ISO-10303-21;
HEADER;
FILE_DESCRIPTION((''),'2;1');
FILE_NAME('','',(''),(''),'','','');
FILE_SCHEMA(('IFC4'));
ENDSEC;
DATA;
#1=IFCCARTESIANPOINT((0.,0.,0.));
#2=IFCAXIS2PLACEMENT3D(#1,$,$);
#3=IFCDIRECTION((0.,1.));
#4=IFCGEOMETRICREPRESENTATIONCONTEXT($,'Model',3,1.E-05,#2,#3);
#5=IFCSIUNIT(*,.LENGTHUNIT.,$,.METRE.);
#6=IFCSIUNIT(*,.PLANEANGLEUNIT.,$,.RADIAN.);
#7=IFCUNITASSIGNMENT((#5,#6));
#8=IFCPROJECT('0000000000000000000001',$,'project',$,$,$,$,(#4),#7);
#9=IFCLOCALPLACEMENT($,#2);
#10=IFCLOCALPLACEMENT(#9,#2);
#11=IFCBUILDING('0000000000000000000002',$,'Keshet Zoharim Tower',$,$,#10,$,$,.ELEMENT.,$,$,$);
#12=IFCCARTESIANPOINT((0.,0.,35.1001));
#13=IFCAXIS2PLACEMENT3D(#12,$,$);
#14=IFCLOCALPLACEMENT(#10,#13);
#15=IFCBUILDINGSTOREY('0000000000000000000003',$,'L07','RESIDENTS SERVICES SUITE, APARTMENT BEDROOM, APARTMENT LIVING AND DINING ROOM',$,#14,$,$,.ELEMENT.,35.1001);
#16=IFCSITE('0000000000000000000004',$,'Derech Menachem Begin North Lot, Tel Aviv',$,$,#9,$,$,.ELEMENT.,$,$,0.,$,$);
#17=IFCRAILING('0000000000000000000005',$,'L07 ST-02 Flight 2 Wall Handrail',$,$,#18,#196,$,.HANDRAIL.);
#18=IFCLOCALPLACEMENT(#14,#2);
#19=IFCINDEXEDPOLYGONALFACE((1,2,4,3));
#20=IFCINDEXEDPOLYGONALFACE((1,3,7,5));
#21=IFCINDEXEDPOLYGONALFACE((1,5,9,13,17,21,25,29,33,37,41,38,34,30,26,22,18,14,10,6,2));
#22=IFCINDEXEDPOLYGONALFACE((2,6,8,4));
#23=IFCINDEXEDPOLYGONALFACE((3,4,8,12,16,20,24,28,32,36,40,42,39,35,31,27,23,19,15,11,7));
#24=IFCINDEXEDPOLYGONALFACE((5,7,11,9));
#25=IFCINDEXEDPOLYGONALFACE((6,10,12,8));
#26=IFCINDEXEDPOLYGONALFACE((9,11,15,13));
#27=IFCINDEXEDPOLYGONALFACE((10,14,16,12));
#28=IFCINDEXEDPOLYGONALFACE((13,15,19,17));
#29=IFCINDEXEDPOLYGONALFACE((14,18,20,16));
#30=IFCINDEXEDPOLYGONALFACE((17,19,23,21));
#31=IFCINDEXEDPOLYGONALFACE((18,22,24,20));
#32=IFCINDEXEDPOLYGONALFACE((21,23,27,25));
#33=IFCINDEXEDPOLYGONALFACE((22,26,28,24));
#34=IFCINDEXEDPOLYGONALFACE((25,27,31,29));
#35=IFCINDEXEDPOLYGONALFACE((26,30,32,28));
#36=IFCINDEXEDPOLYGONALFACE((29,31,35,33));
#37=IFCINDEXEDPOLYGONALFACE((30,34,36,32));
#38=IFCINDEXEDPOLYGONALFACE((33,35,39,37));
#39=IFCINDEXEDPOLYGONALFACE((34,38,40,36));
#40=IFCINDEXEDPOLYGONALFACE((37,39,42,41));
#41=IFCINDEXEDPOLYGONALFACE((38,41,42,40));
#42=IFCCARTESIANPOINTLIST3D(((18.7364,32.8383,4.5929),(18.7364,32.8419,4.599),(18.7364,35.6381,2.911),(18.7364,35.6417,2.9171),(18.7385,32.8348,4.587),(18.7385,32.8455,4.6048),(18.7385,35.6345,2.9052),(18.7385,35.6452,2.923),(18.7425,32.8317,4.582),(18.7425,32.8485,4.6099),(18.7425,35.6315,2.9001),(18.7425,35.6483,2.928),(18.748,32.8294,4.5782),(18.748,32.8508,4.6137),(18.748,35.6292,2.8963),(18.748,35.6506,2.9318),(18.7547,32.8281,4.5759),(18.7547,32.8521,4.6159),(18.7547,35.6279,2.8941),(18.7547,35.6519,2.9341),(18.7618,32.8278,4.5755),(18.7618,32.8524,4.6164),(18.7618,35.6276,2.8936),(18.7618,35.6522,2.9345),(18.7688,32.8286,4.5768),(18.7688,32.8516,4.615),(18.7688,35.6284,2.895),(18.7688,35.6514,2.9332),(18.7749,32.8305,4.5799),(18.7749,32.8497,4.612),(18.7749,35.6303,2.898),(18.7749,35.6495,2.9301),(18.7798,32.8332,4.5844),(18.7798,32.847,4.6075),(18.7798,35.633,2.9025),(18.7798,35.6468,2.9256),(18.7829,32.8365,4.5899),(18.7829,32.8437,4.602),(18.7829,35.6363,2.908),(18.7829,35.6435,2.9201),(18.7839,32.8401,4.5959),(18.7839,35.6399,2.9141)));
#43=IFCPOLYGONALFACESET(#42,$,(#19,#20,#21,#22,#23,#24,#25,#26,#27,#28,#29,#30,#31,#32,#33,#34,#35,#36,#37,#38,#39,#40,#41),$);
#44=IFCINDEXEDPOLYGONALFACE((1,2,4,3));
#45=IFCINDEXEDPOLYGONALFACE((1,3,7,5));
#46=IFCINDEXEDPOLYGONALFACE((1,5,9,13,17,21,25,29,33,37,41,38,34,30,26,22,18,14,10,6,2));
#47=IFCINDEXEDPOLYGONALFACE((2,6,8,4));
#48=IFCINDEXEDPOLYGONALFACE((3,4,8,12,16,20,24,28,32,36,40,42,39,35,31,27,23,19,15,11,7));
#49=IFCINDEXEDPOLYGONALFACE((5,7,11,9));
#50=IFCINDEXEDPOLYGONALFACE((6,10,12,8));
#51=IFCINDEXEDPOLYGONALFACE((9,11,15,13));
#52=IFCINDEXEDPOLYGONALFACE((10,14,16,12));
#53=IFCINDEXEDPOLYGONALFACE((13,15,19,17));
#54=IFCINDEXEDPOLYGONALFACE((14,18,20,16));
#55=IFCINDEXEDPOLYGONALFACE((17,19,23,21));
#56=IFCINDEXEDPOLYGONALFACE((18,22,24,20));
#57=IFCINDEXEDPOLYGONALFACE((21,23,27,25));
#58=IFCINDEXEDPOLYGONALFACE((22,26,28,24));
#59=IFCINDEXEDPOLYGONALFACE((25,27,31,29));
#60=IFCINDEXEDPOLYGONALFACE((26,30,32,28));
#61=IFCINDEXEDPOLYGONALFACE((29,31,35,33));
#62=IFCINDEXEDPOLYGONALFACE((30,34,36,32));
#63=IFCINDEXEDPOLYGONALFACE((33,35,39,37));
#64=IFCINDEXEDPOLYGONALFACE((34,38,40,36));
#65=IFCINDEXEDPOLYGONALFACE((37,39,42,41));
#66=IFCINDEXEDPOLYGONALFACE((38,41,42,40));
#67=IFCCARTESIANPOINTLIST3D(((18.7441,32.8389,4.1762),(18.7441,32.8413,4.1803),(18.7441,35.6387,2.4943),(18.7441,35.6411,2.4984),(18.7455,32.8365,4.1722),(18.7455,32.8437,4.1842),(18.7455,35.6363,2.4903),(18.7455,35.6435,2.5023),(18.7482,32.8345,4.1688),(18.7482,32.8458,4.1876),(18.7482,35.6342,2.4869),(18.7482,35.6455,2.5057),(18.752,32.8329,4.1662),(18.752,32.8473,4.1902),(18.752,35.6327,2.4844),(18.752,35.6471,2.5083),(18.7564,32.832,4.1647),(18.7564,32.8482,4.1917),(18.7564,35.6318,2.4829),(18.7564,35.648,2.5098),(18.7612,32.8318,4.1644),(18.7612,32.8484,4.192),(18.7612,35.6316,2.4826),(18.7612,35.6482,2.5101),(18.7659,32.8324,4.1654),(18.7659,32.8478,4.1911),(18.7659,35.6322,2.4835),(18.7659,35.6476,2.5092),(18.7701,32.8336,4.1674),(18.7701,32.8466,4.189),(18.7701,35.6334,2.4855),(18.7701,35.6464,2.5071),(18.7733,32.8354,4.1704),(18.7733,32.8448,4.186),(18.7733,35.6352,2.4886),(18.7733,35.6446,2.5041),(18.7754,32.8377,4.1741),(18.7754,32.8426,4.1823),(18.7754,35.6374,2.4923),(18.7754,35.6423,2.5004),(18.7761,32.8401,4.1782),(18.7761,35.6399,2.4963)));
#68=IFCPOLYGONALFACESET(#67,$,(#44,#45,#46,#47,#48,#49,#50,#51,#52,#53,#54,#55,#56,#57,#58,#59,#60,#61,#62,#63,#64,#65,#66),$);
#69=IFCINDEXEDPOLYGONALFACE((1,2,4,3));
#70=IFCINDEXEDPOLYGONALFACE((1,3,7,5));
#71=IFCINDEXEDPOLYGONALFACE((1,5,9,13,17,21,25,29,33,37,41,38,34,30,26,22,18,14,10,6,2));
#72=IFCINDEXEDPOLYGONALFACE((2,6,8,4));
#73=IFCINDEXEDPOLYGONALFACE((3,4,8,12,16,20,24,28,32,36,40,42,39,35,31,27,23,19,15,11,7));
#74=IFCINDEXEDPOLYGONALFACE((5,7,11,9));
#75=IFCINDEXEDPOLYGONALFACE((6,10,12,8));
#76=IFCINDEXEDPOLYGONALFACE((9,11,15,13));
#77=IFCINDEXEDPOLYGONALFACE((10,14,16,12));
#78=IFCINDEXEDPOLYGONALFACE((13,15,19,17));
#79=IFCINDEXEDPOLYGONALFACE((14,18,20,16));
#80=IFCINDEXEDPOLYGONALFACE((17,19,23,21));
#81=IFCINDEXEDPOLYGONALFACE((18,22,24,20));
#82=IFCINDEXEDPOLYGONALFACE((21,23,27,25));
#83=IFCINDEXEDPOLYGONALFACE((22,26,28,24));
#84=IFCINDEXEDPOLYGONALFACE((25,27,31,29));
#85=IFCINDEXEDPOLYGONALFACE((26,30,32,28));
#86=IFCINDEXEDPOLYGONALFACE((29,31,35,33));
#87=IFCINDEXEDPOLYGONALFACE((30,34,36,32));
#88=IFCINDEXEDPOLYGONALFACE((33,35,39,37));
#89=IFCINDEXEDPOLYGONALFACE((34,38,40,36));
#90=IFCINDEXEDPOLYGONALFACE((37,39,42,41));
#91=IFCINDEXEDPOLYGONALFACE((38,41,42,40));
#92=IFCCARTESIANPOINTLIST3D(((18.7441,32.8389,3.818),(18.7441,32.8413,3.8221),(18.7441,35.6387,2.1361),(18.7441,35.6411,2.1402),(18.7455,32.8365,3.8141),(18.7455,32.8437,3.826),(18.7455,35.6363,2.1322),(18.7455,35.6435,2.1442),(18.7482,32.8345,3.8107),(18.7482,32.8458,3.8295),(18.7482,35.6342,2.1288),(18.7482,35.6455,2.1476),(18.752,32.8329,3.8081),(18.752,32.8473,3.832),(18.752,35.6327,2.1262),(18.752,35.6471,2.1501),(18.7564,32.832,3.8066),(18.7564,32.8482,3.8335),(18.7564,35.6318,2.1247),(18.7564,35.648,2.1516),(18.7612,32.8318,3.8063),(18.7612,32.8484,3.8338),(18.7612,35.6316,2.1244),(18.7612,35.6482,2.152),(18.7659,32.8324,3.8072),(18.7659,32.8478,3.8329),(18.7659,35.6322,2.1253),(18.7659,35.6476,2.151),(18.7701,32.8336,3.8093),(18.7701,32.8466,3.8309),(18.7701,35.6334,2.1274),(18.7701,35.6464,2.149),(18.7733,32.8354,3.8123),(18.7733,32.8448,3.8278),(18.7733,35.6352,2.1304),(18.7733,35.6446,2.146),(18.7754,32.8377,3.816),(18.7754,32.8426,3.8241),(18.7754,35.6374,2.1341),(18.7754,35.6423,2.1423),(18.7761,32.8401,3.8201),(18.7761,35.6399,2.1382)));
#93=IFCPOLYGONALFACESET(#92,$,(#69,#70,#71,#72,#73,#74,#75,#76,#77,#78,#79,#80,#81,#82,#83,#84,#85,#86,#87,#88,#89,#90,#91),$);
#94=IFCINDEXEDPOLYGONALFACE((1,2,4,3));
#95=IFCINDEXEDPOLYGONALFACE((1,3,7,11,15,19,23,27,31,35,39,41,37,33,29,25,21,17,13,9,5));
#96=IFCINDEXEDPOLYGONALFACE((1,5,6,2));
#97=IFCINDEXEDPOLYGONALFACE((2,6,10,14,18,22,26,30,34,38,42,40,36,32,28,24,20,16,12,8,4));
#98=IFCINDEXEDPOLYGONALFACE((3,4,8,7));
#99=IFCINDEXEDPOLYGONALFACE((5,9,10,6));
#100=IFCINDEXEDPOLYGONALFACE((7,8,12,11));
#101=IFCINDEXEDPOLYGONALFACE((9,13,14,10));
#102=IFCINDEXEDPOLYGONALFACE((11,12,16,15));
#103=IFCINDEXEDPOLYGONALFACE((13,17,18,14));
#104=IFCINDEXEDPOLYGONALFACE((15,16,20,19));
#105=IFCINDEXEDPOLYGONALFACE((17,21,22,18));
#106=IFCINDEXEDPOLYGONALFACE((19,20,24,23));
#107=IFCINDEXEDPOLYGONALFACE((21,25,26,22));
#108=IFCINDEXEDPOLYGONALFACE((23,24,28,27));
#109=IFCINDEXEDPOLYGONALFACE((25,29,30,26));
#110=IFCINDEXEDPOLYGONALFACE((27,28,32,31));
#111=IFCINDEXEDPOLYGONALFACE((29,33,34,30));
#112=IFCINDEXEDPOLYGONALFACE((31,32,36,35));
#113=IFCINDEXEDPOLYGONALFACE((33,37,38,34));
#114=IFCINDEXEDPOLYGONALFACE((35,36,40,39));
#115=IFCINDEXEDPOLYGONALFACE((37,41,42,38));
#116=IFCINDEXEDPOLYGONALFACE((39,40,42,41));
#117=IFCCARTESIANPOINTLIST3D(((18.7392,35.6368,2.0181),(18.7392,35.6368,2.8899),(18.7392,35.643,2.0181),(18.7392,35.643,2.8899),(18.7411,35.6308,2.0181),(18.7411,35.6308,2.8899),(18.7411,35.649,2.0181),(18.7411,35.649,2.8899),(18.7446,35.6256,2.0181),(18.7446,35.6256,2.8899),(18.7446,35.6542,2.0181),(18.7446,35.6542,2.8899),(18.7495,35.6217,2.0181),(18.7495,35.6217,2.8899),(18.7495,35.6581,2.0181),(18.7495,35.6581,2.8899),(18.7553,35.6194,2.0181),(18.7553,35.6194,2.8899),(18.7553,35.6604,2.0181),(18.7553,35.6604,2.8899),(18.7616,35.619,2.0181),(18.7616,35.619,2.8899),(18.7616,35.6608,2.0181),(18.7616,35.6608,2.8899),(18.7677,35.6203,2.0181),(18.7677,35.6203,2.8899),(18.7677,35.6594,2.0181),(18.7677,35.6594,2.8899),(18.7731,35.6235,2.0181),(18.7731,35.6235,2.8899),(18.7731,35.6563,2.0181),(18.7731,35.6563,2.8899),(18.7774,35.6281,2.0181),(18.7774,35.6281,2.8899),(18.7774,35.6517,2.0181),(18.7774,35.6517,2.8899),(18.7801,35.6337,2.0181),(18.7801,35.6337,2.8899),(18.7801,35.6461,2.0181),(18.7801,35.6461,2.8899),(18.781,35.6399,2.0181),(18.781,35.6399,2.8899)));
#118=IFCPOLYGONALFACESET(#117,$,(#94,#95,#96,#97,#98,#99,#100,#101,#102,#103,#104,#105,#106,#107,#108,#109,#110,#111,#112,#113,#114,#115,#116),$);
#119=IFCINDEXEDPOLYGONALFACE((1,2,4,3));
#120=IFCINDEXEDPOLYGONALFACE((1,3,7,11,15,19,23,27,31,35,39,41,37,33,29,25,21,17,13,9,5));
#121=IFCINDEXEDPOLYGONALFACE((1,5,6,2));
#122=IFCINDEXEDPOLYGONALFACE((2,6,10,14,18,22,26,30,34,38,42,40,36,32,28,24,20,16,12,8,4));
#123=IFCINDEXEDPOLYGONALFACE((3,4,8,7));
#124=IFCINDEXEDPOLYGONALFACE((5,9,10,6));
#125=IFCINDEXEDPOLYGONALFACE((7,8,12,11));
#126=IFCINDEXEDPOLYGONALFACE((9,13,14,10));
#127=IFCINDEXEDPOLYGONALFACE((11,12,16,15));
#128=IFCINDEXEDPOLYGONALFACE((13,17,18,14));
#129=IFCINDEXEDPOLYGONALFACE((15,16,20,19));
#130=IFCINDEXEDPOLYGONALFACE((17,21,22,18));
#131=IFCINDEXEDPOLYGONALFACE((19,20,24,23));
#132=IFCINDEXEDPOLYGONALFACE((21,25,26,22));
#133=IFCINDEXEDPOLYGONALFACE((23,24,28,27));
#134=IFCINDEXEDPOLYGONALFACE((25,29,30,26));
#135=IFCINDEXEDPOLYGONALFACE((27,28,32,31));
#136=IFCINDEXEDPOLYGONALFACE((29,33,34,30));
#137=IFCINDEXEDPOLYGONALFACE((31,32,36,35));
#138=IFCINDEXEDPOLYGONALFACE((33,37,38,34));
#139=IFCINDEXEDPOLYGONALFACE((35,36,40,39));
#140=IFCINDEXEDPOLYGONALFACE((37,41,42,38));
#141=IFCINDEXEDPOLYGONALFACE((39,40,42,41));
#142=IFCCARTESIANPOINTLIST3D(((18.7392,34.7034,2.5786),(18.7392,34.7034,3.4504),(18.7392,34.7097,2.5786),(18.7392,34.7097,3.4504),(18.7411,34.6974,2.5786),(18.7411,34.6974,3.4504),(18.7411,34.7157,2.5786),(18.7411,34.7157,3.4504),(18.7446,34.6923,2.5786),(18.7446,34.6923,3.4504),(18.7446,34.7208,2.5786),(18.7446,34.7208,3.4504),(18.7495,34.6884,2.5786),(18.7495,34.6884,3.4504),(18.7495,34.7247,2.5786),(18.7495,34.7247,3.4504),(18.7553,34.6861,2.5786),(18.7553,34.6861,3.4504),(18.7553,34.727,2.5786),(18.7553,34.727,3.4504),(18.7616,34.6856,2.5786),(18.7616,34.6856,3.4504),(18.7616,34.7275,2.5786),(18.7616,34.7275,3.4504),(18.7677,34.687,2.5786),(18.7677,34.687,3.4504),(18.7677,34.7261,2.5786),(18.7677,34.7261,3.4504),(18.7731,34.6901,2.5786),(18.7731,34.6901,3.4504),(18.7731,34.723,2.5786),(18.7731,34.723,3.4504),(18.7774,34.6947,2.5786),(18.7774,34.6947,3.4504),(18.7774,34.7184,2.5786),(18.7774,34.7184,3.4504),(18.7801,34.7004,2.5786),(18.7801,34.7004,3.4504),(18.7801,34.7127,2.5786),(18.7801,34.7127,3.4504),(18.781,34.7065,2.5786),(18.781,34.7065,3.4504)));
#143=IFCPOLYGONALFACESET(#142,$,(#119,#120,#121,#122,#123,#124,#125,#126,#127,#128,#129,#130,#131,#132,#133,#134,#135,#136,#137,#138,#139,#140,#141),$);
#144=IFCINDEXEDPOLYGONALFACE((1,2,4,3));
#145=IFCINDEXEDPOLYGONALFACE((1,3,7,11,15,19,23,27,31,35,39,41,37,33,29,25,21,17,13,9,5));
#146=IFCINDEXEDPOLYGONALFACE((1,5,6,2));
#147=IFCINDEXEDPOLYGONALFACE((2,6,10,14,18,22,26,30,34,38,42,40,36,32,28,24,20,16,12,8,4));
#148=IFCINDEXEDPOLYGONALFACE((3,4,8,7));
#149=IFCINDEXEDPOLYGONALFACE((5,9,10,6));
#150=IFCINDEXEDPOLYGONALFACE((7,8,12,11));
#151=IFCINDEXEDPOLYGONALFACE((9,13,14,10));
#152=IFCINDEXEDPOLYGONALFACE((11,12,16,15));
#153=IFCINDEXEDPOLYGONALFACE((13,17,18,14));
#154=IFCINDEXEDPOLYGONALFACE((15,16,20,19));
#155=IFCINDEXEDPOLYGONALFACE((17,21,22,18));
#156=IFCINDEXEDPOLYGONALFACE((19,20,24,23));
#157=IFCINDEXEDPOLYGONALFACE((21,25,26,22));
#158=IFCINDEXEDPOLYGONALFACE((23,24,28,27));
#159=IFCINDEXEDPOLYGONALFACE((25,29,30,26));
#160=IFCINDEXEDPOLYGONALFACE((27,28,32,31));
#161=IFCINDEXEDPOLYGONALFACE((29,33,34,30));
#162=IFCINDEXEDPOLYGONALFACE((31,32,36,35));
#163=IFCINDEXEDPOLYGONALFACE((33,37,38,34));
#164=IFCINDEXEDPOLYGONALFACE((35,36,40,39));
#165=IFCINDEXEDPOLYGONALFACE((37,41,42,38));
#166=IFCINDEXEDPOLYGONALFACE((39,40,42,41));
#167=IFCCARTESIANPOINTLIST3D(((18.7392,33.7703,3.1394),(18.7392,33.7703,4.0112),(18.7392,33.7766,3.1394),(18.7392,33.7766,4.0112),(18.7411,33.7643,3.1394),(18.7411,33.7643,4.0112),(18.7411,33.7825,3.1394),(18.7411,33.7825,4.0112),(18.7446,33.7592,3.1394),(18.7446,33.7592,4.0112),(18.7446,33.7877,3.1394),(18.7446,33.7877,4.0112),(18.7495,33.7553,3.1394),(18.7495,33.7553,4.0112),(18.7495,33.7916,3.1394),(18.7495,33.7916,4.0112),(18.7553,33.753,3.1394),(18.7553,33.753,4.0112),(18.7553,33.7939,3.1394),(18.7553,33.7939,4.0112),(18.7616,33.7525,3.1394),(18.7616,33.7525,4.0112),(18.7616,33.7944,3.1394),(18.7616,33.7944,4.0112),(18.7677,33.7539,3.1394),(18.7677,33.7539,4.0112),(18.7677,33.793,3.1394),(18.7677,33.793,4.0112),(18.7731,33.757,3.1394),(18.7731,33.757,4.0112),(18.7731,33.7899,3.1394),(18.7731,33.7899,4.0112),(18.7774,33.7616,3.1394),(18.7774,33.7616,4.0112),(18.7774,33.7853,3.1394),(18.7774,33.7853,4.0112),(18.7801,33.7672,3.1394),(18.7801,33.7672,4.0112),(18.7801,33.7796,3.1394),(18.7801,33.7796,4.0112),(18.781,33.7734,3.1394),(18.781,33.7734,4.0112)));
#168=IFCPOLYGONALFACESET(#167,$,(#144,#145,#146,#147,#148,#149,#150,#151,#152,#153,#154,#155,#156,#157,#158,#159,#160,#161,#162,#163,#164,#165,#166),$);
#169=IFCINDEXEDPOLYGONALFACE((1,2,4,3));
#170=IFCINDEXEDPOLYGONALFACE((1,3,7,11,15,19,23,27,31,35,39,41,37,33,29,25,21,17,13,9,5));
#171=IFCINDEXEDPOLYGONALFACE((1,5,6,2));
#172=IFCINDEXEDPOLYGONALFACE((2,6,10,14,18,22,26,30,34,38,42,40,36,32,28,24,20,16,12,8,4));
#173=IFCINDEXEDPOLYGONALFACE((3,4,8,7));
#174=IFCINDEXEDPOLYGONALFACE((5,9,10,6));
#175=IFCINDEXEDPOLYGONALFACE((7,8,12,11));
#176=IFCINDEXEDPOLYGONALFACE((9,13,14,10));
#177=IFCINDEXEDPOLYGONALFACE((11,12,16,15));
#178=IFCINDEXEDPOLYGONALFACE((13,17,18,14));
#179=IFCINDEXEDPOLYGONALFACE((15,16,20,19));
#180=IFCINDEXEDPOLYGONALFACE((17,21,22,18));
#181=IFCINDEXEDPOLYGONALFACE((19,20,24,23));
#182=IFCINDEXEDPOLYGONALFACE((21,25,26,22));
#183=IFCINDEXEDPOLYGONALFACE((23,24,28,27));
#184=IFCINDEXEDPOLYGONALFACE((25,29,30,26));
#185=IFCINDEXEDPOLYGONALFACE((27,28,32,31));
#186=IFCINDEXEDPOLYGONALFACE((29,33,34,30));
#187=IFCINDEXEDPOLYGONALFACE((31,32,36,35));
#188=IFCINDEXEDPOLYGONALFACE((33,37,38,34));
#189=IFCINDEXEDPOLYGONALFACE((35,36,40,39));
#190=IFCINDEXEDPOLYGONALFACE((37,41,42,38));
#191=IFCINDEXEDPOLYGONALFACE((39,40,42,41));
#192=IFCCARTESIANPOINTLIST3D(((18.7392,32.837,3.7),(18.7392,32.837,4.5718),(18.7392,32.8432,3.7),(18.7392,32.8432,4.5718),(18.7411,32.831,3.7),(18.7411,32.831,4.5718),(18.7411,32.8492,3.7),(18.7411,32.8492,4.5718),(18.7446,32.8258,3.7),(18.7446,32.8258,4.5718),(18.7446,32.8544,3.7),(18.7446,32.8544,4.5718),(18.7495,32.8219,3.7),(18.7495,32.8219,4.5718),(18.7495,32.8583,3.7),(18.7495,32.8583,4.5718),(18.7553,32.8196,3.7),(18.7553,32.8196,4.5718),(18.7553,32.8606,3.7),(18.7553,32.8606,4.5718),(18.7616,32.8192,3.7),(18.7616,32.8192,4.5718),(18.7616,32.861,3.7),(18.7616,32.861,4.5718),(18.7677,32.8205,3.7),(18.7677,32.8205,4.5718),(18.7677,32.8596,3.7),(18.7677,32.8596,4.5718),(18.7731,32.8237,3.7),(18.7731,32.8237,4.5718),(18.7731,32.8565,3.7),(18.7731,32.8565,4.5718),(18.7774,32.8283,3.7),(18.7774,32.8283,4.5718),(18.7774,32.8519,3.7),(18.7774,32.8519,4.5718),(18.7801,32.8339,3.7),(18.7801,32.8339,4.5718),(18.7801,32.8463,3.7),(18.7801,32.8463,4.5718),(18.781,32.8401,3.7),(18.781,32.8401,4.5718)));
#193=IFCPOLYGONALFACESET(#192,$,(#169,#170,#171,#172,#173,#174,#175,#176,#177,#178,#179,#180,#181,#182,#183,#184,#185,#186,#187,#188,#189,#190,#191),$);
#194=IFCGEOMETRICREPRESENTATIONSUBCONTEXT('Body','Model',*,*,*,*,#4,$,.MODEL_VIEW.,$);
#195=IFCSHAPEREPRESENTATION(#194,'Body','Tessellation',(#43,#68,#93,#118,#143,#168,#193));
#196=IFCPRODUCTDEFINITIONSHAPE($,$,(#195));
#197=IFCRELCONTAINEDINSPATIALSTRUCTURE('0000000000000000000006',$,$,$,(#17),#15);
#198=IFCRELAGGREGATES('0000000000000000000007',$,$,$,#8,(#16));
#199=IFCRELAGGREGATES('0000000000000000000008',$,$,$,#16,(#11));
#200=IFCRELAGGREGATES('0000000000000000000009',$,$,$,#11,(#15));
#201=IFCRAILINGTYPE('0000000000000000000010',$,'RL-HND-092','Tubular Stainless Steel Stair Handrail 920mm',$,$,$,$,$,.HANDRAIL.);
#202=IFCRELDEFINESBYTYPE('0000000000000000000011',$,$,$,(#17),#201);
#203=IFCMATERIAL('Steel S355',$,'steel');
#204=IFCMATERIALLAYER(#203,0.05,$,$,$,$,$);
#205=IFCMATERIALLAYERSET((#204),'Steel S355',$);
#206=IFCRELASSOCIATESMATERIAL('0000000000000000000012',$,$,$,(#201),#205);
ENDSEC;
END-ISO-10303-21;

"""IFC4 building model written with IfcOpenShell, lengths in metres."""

from ifc_helpers import new_model, si_unit, direction, frame, origin, origin_2d, place, context, subcontext, project, spatial, circle, extrude, material, layer, layer_set, type_object, element, save


model = new_model("IFC4")

# Units and contexts
model_context = context("Model", 3, precision=1e-05, world=origin(), true_north=direction((0.0, 1.0)))
body_context = subcontext(model_context, "Body", "Model", "MODEL_VIEW")
ifc_project = project(units=[si_unit("LENGTHUNIT", "METRE"), si_unit("PLANEANGLEUNIT", "RADIAN")], contexts=[model_context])

# Site, building, storey
site_placement = place(None, origin())
site = spatial("IfcSite", under=ifc_project, at=site_placement, Name="Derech Menachem Begin North Lot, Tel Aviv", CompositionType="ELEMENT", RefElevation=0.0)
building_placement = place(site_placement, origin())
building = spatial("IfcBuilding", under=site, at=building_placement, Name="Keshet Zoharim Tower", CompositionType="ELEMENT")
storey_placement = place(building_placement, frame((0.0, 0.0, 35.1001)))
storey = spatial("IfcBuildingStorey", under=building, at=storey_placement, Name="L07", Description="RESIDENTS SERVICES SUITE, APARTMENT BEDROOM, APARTMENT LIVING AND DINING ROOM", CompositionType="ELEMENT", Elevation=35.1001)

# Shared definitions
ifc_material_1 = material(Name="Steel S355", Category="steel")

# Railing
ifc_layer_1 = layer(ifc_material_1, 0.05)
ifc_layer_set_1 = layer_set([ifc_layer_1], Name="Steel S355")
railing_type_1 = type_object("IfcRailingType", Name="RL-HND-092", Description="Tubular Stainless Steel Stair Handrail 920mm", PredefinedType="HANDRAIL", material=ifc_layer_set_1)
railing_1_placement = place(storey_placement, frame((18.76, 35.6399, 2.0181)))
element("IfcRailing", 1, at=railing_1_placement, inside=storey, type_object=railing_type_1, Name="L07 ST-02 Flight 2 Wall Handrail", PredefinedType="HANDRAIL", context=body_context, shape_type="SweptSolid", body=[
    extrude(circle(Radius=0.0239, at=origin_2d()), frame((0.0, 0.0, 0.896), z_axis=(0.0, -0.857222, 0.514946), x_axis=(1.0, 0.0, 0.0)), (0.0, 0.0, 1.0), 3.2661),
    extrude(circle(Radius=0.0161, at=origin_2d()), frame((0.0, 0.0, 0.4783), z_axis=(0.0, -0.857222, 0.514946), x_axis=(1.0, 0.0, 0.0)), (0.0, 0.0, 1.0), 3.2661),
    extrude(circle(Radius=0.0161, at=origin_2d()), frame((0.0, 0.0, 0.1201), z_axis=(0.0, -0.857222, 0.514946), x_axis=(1.0, 0.0, 0.0)), (0.0, 0.0, 1.0), 3.2661),
    extrude(circle(Radius=0.021, at=origin_2d()), origin(), (0.0, 0.0, 1.0), 0.8718),
    extrude(circle(Radius=0.021, at=origin_2d()), frame((0.0, -0.9333, 0.5605)), (0.0, 0.0, 1.0), 0.8718),
    extrude(circle(Radius=0.021, at=origin_2d()), frame((0.0, -1.8665, 1.1213)), (0.0, 0.0, 1.0), 0.8718),
    extrude(circle(Radius=0.021, at=origin_2d()), frame((0.0, -2.7998, 1.6819)), (0.0, 0.0, 1.0), 0.8718),
])

save(model, "model.ifc")
